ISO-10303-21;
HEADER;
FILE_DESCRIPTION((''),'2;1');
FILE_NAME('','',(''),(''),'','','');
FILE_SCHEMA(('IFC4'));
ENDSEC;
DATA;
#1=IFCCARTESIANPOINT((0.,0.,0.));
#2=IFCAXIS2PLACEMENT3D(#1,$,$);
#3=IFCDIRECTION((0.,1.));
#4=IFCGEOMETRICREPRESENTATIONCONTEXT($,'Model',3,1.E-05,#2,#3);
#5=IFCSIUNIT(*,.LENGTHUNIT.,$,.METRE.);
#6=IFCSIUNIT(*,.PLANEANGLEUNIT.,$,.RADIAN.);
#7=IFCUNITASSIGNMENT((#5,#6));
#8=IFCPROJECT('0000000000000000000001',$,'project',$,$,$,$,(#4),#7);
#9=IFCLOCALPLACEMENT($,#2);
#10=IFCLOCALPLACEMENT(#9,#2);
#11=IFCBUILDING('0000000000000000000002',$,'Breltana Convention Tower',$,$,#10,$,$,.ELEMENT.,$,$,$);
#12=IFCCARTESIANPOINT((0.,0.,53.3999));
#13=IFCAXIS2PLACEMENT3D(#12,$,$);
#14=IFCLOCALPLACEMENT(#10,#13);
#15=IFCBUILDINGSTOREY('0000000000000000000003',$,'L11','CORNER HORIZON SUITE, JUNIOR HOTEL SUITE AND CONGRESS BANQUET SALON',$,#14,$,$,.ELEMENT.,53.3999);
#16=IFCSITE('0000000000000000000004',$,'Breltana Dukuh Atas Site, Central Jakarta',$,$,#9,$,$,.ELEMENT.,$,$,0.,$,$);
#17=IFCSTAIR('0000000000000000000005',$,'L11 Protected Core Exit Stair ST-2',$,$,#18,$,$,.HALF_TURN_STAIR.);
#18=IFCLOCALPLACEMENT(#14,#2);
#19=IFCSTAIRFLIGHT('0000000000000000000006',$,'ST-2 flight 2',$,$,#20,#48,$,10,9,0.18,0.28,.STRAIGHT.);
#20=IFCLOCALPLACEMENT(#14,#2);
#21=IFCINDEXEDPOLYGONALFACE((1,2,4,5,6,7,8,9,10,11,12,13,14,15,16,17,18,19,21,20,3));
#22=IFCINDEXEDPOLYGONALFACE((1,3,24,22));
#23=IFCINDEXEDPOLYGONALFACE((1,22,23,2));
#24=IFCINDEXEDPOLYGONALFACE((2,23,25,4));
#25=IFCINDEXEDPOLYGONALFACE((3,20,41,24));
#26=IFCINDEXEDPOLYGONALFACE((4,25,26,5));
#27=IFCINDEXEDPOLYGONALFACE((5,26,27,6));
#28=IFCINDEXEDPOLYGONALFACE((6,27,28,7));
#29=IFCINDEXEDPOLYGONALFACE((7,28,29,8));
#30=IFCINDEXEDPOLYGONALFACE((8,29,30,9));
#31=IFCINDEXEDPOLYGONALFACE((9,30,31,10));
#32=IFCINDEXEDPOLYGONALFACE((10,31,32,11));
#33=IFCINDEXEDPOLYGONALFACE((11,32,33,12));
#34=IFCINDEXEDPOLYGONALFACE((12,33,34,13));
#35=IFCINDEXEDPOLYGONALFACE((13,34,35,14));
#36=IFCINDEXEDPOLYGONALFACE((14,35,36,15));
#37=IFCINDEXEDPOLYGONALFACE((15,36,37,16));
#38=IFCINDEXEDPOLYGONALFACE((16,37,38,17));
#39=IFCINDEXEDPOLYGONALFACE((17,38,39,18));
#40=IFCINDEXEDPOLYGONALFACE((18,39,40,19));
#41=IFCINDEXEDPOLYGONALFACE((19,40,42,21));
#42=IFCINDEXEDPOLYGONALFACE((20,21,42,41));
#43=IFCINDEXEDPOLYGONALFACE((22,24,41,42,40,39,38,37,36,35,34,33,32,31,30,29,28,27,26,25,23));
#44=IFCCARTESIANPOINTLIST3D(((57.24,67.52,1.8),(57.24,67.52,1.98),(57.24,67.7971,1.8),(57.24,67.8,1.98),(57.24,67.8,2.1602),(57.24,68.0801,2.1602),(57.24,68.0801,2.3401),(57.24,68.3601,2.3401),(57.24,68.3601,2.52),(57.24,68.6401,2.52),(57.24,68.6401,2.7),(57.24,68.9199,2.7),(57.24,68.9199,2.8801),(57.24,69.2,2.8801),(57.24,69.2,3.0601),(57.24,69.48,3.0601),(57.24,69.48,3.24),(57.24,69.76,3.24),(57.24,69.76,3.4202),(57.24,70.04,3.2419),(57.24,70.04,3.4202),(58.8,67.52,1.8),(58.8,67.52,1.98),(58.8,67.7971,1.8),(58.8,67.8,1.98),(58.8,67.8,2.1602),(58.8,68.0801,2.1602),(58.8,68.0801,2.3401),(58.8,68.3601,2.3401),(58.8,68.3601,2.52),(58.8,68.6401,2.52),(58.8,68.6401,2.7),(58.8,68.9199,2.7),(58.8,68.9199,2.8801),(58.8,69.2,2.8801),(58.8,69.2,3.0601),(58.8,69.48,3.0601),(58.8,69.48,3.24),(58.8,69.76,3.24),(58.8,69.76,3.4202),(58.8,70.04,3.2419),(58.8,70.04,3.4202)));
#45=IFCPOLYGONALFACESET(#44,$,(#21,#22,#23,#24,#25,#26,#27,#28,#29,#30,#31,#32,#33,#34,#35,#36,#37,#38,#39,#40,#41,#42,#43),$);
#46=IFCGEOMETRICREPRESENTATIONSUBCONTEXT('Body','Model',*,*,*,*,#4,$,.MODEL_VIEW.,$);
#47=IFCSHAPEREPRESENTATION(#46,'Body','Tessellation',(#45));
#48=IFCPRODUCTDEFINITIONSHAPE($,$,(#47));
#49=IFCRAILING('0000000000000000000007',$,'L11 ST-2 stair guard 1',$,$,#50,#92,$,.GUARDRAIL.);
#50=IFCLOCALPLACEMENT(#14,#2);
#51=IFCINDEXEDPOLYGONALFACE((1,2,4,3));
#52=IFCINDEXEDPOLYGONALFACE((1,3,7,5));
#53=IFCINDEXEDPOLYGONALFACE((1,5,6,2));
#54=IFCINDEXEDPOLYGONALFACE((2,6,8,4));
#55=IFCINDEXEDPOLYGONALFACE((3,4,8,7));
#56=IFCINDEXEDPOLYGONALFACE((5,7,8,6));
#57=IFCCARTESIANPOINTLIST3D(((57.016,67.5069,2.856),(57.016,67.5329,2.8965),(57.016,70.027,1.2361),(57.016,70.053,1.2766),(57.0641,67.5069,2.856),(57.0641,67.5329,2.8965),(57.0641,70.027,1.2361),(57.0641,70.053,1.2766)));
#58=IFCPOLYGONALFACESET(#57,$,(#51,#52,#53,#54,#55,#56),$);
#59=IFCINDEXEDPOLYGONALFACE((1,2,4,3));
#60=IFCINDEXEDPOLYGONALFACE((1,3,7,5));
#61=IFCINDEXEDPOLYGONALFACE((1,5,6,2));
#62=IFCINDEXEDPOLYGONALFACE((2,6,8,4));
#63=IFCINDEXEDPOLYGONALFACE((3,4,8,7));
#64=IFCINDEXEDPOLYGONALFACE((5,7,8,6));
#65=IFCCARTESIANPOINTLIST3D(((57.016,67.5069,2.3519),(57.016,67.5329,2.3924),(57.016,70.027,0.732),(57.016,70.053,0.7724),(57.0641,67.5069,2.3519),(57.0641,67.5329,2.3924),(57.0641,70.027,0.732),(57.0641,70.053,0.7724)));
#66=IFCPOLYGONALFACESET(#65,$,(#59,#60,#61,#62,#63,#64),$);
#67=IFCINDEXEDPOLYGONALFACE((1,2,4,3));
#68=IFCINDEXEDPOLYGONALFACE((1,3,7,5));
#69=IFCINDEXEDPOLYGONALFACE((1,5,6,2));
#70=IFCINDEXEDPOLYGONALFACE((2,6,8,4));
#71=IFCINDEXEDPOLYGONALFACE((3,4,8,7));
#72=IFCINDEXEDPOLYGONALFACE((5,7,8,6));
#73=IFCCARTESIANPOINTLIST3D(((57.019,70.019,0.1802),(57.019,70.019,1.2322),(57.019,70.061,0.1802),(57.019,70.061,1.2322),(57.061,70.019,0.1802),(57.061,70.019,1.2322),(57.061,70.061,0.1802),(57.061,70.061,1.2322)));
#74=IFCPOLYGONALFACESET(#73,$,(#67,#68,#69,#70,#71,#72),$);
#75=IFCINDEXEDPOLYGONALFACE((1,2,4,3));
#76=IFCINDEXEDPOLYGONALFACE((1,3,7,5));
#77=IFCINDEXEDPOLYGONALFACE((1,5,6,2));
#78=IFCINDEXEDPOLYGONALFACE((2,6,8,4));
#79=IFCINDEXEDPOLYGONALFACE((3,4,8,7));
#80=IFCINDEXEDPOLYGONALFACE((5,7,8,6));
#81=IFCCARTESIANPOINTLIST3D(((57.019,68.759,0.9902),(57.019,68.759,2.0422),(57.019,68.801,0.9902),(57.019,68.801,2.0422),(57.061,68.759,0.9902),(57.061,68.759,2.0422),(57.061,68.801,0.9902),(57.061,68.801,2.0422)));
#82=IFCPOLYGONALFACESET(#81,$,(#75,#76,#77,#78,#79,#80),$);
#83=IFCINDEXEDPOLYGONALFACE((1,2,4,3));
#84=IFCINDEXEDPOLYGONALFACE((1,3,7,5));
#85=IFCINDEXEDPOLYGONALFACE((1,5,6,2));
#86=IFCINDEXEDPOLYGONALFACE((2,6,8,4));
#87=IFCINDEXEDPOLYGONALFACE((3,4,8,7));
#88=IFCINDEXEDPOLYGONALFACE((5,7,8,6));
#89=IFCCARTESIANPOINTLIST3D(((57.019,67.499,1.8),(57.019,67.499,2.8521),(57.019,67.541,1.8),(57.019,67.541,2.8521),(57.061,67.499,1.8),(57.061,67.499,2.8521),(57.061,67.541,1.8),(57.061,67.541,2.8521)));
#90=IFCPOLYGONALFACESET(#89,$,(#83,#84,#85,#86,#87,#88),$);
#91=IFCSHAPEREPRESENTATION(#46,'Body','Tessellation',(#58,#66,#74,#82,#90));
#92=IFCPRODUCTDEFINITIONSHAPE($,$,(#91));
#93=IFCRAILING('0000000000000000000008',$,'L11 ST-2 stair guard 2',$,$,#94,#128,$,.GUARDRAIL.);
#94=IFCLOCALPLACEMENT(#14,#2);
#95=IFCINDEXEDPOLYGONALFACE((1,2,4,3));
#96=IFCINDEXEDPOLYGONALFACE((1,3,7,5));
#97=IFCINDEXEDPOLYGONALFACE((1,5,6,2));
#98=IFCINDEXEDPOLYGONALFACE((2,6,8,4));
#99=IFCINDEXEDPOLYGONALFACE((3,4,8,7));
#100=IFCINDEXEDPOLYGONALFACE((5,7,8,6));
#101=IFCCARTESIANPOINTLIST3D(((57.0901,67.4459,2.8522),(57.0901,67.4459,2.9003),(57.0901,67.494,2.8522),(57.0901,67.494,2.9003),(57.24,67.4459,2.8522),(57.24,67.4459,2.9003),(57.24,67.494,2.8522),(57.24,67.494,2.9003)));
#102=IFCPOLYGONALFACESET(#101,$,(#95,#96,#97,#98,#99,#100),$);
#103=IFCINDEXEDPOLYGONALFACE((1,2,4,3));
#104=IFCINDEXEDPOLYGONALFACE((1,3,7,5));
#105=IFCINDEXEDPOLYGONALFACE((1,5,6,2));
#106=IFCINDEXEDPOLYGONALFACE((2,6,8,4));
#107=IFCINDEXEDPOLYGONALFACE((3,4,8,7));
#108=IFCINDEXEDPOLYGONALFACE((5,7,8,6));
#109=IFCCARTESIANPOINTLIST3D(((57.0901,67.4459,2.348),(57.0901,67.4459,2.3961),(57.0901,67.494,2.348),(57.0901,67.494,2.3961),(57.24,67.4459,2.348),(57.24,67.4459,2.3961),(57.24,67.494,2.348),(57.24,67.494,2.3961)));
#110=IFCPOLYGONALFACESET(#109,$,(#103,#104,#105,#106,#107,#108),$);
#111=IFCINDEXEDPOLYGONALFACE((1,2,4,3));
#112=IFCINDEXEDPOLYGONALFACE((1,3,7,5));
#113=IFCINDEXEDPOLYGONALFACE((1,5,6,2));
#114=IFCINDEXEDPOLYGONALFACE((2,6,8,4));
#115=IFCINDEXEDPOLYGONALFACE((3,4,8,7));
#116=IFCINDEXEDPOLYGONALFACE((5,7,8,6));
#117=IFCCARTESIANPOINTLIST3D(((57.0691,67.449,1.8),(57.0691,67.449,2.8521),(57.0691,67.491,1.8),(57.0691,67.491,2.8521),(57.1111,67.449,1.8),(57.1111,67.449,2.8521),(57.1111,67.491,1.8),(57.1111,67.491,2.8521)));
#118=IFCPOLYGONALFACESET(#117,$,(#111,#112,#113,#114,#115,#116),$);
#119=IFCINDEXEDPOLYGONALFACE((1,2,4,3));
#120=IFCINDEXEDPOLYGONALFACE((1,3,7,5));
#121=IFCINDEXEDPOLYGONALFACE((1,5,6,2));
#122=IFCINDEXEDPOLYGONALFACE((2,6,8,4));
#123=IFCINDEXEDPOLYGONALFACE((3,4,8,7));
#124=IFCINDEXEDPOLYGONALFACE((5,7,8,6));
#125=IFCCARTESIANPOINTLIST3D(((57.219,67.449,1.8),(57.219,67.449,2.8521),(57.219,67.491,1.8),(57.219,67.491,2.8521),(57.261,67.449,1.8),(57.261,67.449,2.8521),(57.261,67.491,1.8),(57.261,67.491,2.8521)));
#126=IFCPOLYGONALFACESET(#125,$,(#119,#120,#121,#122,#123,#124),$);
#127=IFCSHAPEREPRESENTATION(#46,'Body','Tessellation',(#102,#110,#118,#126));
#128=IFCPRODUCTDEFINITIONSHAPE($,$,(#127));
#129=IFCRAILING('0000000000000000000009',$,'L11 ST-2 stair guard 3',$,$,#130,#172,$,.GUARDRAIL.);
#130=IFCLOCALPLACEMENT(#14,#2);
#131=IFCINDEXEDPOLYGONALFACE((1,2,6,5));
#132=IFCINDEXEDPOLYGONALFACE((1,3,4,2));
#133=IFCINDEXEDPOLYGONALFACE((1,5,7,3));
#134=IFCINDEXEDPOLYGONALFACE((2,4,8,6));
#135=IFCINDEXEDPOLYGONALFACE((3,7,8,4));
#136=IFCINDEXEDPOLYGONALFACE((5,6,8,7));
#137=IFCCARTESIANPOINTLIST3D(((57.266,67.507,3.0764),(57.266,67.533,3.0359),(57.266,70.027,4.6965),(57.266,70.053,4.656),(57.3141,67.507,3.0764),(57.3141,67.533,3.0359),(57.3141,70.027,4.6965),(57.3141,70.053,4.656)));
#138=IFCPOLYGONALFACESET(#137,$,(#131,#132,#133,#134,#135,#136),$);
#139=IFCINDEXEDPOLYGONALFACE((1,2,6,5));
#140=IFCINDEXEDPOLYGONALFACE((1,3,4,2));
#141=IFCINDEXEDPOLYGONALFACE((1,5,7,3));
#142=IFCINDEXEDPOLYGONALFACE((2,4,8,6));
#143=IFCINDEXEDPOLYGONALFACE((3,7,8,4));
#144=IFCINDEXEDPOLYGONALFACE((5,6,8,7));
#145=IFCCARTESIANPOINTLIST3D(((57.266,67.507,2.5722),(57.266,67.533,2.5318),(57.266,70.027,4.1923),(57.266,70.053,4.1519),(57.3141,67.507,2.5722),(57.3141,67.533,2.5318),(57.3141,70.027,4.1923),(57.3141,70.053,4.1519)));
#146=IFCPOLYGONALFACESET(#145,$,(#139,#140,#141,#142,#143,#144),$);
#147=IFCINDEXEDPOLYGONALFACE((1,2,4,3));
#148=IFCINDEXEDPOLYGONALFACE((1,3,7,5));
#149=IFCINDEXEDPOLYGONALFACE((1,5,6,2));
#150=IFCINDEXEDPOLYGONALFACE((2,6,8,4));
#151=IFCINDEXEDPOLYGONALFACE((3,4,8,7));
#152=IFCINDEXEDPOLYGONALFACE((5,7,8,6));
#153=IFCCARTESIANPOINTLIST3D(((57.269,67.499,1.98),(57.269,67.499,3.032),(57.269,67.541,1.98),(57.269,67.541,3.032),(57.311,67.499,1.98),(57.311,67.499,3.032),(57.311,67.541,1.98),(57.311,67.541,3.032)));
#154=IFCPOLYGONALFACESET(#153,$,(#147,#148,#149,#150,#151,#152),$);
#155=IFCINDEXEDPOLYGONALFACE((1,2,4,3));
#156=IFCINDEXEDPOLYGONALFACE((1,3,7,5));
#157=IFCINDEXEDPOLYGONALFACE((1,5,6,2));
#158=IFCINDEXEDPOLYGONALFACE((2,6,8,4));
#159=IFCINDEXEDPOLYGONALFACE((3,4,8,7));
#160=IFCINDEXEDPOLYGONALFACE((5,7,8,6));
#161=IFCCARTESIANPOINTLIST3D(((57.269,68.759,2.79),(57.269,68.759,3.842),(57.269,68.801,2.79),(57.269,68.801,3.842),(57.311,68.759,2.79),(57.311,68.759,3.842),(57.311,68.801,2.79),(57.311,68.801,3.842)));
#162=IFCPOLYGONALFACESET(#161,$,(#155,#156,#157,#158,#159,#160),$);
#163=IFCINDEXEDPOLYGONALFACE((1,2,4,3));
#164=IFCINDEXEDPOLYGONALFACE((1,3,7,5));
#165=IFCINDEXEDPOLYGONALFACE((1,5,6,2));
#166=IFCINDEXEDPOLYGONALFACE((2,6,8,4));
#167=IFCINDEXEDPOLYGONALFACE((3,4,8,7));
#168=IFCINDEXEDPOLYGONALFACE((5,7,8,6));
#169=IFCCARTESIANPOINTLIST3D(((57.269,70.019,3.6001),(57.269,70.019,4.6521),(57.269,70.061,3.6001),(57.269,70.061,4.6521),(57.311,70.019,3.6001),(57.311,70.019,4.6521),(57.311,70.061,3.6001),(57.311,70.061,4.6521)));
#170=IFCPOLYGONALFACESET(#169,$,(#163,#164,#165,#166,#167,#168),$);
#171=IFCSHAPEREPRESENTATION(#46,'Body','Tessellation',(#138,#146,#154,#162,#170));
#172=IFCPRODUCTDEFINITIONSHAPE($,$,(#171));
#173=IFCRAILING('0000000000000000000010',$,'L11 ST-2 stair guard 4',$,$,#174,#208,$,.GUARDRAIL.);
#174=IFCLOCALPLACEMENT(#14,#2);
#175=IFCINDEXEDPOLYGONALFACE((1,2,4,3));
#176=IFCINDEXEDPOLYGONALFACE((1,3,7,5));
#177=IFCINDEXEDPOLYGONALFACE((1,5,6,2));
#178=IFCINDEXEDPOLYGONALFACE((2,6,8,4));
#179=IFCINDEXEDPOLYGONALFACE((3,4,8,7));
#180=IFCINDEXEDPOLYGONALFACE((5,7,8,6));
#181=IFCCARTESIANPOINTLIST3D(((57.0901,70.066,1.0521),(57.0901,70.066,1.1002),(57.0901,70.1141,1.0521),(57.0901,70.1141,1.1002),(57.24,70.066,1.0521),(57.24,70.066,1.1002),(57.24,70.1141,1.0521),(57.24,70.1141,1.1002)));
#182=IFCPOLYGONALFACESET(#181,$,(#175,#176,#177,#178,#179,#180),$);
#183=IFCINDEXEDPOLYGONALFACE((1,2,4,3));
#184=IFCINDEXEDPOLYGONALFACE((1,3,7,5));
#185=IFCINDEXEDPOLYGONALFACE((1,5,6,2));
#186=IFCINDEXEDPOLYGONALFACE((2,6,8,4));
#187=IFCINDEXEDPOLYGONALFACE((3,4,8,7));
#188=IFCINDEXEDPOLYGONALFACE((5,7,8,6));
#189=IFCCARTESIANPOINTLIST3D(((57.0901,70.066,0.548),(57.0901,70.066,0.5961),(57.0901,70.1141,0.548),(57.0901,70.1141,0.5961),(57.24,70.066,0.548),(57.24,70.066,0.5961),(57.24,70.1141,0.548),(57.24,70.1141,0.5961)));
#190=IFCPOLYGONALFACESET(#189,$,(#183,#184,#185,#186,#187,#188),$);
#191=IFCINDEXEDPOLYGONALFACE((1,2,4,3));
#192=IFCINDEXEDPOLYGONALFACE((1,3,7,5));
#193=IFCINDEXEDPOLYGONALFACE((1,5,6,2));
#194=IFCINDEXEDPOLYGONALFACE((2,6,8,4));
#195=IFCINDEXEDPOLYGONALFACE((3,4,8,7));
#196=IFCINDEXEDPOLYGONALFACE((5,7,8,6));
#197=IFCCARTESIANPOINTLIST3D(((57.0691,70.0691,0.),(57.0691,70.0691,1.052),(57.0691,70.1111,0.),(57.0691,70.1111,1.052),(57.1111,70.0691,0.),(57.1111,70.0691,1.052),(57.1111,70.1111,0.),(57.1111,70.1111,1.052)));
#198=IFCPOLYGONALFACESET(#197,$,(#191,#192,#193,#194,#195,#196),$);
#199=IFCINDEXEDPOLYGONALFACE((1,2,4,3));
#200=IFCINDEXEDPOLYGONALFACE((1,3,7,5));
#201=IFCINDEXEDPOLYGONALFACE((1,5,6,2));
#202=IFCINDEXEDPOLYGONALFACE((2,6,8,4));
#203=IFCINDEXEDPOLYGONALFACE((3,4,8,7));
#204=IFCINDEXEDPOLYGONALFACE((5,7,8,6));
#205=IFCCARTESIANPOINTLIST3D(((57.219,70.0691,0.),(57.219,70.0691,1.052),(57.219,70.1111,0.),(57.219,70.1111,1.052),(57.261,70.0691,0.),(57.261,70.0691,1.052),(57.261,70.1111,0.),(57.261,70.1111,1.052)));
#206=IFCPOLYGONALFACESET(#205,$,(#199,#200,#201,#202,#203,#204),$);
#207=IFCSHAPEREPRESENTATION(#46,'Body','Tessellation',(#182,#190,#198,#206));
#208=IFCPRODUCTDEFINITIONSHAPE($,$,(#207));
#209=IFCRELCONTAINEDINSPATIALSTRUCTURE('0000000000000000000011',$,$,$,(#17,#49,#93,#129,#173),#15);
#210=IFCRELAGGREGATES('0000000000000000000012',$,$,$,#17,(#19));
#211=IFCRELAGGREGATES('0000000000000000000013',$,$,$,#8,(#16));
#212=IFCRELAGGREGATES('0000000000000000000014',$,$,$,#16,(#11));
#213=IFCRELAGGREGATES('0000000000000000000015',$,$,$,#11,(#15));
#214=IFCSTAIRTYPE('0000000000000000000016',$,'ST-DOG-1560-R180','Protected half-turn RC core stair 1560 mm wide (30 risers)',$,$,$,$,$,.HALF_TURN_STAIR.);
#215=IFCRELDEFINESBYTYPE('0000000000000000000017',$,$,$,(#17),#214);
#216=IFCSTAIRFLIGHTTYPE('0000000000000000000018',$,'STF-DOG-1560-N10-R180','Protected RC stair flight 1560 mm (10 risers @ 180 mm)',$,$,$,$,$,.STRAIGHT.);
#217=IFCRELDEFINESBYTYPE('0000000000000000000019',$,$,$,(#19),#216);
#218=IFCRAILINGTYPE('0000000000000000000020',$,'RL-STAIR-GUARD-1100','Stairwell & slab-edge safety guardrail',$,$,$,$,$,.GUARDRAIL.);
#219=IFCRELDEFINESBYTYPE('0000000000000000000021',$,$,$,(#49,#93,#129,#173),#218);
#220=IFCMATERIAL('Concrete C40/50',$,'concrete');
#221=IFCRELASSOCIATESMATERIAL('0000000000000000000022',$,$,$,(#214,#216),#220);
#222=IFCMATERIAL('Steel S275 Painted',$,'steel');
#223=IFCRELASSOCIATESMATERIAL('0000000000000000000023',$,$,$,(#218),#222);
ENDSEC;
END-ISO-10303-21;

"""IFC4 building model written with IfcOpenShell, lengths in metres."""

from ifc_helpers import new_model, si_unit, direction, frame, origin, origin_2d, place, context, subcontext, project, spatial, polyline, rectangle, outline, extrude, material, type_object, element, aggregate, save


model = new_model("IFC4")

# Units and contexts
model_context = context("Model", 3, precision=1e-05, world=origin(), true_north=direction((0.0, 1.0)))
body_context = subcontext(model_context, "Body", "Model", "MODEL_VIEW")
ifc_project = project(units=[si_unit("LENGTHUNIT", "METRE"), si_unit("PLANEANGLEUNIT", "RADIAN")], contexts=[model_context])

# Site, building, storey
site_placement = place(None, origin())
site = spatial("IfcSite", under=ifc_project, at=site_placement, Name="Breltana Dukuh Atas Site, Central Jakarta", CompositionType="ELEMENT", RefElevation=0.0)
building_placement = place(site_placement, origin())
building = spatial("IfcBuilding", under=site, at=building_placement, Name="Breltana Convention Tower", CompositionType="ELEMENT")
storey_placement = place(building_placement, frame((0.0, 0.0, 53.3999)))
storey = spatial("IfcBuildingStorey", under=building, at=storey_placement, Name="L11", Description="CORNER HORIZON SUITE, JUNIOR HOTEL SUITE AND CONGRESS BANQUET SALON", CompositionType="ELEMENT", Elevation=53.3999)

# Stair, stair flight
ifc_material_1 = material(Name="Concrete C40/50", Category="concrete")
stair_type = type_object("IfcStairType", Name="ST-DOG-1560-R180", Description="Protected half-turn RC core stair 1560 mm wide (30 risers)", PredefinedType="HALF_TURN_STAIR", material=ifc_material_1)
stair_placement = place(storey_placement, origin())
stair = element("IfcStair", 1, at=stair_placement, inside=storey, type_object=stair_type, Name="L11 Protected Core Exit Stair ST-2", PredefinedType="HALF_TURN_STAIR")
stair_flight_type = type_object("IfcStairFlightType", Name="STF-DOG-1560-N10-R180", Description="Protected RC stair flight 1560 mm (10 risers @ 180 mm)", PredefinedType="STRAIGHT", material=ifc_material_1)
stair_flight_1_placement = place(storey_placement, frame((58.02, 67.52, 1.8), z_axis=(0.0, 0.0, 1.0), x_axis=(0.0, 1.0, 0.0)))
stair_flight_1 = element("IfcStairFlight", 2, at=stair_flight_1_placement, type_object=stair_flight_type, Name="ST-2 flight 2", NumberOfRisers=10, NumberOfTreads=9, PredefinedType="STRAIGHT", RiserHeight=0.18, TreadLength=0.28, context=body_context, shape_type="SweptSolid", body=[
    extrude(outline(polyline([(0.0, 0.0), (0.0, 0.1799), (0.28, 0.1799), (0.28, 0.3601), (0.5601, 0.3601), (0.5601, 0.54), (0.8401, 0.54), (0.8401, 0.72), (1.1201, 0.72), (1.1201, 0.8999), (1.3999, 0.8999), (1.3999, 1.0801), (1.6799, 1.0801), (1.6799, 1.26), (1.96, 1.26), (1.96, 1.4399), (2.24, 1.4399), (2.24, 1.6201), (2.52, 1.6201), (2.52, 1.8), (2.52, 1.4419), (0.2771, 0.0), (0.0, 0.0)])), frame((0.0, 0.78, 0.0), z_axis=(0.0, -1.0, 0.0), x_axis=(1.0, 0.0, 0.0)), (0.0, 0.0, 1.0), 1.5601),
])
aggregate(stair, [stair_flight_1])

# Railings
ifc_material_2 = material(Name="Steel S275 Painted", Category="steel")
railing_type_1 = type_object("IfcRailingType", Name="RL-STAIR-GUARD-1100", Description="Stairwell & slab-edge safety guardrail", PredefinedType="GUARDRAIL", material=ifc_material_2)
railing_1_placement = place(storey_placement, frame((57.04, 70.04, 0.1802)))
element("IfcRailing", 3, at=railing_1_placement, inside=storey, type_object=railing_type_1, Name="L11 ST-2 stair guard 1", PredefinedType="GUARDRAIL", context=body_context, shape_type="SweptSolid", body=[
    extrude(rectangle(XDim=0.0481, YDim=0.0481, at=origin_2d()), frame((0.0, 0.0, 1.0762), z_axis=(0.0, -0.8412, 0.540725), x_axis=(1.0, 0.0, 0.0)), (0.0, 0.0, 1.0), 2.9958),
    extrude(rectangle(XDim=0.0481, YDim=0.0481, at=origin_2d()), frame((0.0, 0.0, 0.572), z_axis=(0.0, -0.8412, 0.540725), x_axis=(1.0, 0.0, 0.0)), (0.0, 0.0, 1.0), 2.9958),
    extrude(rectangle(XDim=0.042, YDim=0.042, at=origin_2d()), origin(), (0.0, 0.0, 1.0), 1.052),
    extrude(rectangle(XDim=0.042, YDim=0.042, at=origin_2d()), frame((0.0, -1.26, 0.8101)), (0.0, 0.0, 1.0), 1.052),
    extrude(rectangle(XDim=0.042, YDim=0.042, at=origin_2d()), frame((0.0, -2.52, 1.6199)), (0.0, 0.0, 1.0), 1.052),
])
railing_2_placement = place(storey_placement, frame((57.0901, 67.47, 1.8)))
element("IfcRailing", 4, at=railing_2_placement, inside=storey, type_object=railing_type_1, Name="L11 ST-2 stair guard 2", PredefinedType="GUARDRAIL", context=body_context, shape_type="SweptSolid", body=[
    extrude(rectangle(XDim=0.0481, YDim=0.0481, at=origin_2d()), frame((0.0, 0.0, 1.0762), z_axis=(1.0, 0.0, 0.0), x_axis=(0.0, 1.0, 0.0)), (0.0, 0.0, 1.0), 0.1499),
    extrude(rectangle(XDim=0.0481, YDim=0.0481, at=origin_2d()), frame((0.0, 0.0, 0.572), z_axis=(1.0, 0.0, 0.0), x_axis=(0.0, 1.0, 0.0)), (0.0, 0.0, 1.0), 0.1499),
    extrude(rectangle(XDim=0.042, YDim=0.042, at=origin_2d()), origin(), (0.0, 0.0, 1.0), 1.052),
    extrude(rectangle(XDim=0.042, YDim=0.042, at=origin_2d()), frame((0.1499, 0.0, 0.0)), (0.0, 0.0, 1.0), 1.052),
])
railing_3_placement = place(storey_placement, frame((57.29, 67.52, 1.98)))
element("IfcRailing", 5, at=railing_3_placement, inside=storey, type_object=railing_type_1, Name="L11 ST-2 stair guard 3", PredefinedType="GUARDRAIL", context=body_context, shape_type="SweptSolid", body=[
    extrude(rectangle(XDim=0.0481, YDim=0.0481, at=origin_2d()), frame((0.0, 0.0, 1.0762), z_axis=(0.0, 0.841163, 0.540782), x_axis=(-1.0, 0.0, 0.0)), (0.0, 0.0, 1.0), 2.9958),
    extrude(rectangle(XDim=0.0481, YDim=0.0481, at=origin_2d()), frame((0.0, 0.0, 0.572), z_axis=(0.0, 0.841163, 0.540782), x_axis=(-1.0, 0.0, 0.0)), (0.0, 0.0, 1.0), 2.9958),
    extrude(rectangle(XDim=0.042, YDim=0.042, at=origin_2d()), origin(), (0.0, 0.0, 1.0), 1.052),
    extrude(rectangle(XDim=0.042, YDim=0.042, at=origin_2d()), frame((0.0, 1.26, 0.8101)), (0.0, 0.0, 1.0), 1.052),
    extrude(rectangle(XDim=0.042, YDim=0.042, at=origin_2d()), frame((0.0, 2.52, 1.6201)), (0.0, 0.0, 1.0), 1.052),
])
railing_4_placement = place(storey_placement, frame((57.0901, 70.0901, 0.0)))
element("IfcRailing", 6, at=railing_4_placement, inside=storey, type_object=railing_type_1, Name="L11 ST-2 stair guard 4", PredefinedType="GUARDRAIL", context=body_context, shape_type="SweptSolid", body=[
    extrude(rectangle(XDim=0.0481, YDim=0.0481, at=origin_2d()), frame((0.0, 0.0, 1.0762), z_axis=(1.0, 0.0, 0.0), x_axis=(0.0, 1.0, 0.0)), (0.0, 0.0, 1.0), 0.1499),
    extrude(rectangle(XDim=0.0481, YDim=0.0481, at=origin_2d()), frame((0.0, 0.0, 0.572), z_axis=(1.0, 0.0, 0.0), x_axis=(0.0, 1.0, 0.0)), (0.0, 0.0, 1.0), 0.1499),
    extrude(rectangle(XDim=0.042, YDim=0.042, at=origin_2d()), origin(), (0.0, 0.0, 1.0), 1.052),
    extrude(rectangle(XDim=0.042, YDim=0.042, at=origin_2d()), frame((0.1499, 0.0, 0.0)), (0.0, 0.0, 1.0), 1.052),
])

save(model, "model.ifc")
